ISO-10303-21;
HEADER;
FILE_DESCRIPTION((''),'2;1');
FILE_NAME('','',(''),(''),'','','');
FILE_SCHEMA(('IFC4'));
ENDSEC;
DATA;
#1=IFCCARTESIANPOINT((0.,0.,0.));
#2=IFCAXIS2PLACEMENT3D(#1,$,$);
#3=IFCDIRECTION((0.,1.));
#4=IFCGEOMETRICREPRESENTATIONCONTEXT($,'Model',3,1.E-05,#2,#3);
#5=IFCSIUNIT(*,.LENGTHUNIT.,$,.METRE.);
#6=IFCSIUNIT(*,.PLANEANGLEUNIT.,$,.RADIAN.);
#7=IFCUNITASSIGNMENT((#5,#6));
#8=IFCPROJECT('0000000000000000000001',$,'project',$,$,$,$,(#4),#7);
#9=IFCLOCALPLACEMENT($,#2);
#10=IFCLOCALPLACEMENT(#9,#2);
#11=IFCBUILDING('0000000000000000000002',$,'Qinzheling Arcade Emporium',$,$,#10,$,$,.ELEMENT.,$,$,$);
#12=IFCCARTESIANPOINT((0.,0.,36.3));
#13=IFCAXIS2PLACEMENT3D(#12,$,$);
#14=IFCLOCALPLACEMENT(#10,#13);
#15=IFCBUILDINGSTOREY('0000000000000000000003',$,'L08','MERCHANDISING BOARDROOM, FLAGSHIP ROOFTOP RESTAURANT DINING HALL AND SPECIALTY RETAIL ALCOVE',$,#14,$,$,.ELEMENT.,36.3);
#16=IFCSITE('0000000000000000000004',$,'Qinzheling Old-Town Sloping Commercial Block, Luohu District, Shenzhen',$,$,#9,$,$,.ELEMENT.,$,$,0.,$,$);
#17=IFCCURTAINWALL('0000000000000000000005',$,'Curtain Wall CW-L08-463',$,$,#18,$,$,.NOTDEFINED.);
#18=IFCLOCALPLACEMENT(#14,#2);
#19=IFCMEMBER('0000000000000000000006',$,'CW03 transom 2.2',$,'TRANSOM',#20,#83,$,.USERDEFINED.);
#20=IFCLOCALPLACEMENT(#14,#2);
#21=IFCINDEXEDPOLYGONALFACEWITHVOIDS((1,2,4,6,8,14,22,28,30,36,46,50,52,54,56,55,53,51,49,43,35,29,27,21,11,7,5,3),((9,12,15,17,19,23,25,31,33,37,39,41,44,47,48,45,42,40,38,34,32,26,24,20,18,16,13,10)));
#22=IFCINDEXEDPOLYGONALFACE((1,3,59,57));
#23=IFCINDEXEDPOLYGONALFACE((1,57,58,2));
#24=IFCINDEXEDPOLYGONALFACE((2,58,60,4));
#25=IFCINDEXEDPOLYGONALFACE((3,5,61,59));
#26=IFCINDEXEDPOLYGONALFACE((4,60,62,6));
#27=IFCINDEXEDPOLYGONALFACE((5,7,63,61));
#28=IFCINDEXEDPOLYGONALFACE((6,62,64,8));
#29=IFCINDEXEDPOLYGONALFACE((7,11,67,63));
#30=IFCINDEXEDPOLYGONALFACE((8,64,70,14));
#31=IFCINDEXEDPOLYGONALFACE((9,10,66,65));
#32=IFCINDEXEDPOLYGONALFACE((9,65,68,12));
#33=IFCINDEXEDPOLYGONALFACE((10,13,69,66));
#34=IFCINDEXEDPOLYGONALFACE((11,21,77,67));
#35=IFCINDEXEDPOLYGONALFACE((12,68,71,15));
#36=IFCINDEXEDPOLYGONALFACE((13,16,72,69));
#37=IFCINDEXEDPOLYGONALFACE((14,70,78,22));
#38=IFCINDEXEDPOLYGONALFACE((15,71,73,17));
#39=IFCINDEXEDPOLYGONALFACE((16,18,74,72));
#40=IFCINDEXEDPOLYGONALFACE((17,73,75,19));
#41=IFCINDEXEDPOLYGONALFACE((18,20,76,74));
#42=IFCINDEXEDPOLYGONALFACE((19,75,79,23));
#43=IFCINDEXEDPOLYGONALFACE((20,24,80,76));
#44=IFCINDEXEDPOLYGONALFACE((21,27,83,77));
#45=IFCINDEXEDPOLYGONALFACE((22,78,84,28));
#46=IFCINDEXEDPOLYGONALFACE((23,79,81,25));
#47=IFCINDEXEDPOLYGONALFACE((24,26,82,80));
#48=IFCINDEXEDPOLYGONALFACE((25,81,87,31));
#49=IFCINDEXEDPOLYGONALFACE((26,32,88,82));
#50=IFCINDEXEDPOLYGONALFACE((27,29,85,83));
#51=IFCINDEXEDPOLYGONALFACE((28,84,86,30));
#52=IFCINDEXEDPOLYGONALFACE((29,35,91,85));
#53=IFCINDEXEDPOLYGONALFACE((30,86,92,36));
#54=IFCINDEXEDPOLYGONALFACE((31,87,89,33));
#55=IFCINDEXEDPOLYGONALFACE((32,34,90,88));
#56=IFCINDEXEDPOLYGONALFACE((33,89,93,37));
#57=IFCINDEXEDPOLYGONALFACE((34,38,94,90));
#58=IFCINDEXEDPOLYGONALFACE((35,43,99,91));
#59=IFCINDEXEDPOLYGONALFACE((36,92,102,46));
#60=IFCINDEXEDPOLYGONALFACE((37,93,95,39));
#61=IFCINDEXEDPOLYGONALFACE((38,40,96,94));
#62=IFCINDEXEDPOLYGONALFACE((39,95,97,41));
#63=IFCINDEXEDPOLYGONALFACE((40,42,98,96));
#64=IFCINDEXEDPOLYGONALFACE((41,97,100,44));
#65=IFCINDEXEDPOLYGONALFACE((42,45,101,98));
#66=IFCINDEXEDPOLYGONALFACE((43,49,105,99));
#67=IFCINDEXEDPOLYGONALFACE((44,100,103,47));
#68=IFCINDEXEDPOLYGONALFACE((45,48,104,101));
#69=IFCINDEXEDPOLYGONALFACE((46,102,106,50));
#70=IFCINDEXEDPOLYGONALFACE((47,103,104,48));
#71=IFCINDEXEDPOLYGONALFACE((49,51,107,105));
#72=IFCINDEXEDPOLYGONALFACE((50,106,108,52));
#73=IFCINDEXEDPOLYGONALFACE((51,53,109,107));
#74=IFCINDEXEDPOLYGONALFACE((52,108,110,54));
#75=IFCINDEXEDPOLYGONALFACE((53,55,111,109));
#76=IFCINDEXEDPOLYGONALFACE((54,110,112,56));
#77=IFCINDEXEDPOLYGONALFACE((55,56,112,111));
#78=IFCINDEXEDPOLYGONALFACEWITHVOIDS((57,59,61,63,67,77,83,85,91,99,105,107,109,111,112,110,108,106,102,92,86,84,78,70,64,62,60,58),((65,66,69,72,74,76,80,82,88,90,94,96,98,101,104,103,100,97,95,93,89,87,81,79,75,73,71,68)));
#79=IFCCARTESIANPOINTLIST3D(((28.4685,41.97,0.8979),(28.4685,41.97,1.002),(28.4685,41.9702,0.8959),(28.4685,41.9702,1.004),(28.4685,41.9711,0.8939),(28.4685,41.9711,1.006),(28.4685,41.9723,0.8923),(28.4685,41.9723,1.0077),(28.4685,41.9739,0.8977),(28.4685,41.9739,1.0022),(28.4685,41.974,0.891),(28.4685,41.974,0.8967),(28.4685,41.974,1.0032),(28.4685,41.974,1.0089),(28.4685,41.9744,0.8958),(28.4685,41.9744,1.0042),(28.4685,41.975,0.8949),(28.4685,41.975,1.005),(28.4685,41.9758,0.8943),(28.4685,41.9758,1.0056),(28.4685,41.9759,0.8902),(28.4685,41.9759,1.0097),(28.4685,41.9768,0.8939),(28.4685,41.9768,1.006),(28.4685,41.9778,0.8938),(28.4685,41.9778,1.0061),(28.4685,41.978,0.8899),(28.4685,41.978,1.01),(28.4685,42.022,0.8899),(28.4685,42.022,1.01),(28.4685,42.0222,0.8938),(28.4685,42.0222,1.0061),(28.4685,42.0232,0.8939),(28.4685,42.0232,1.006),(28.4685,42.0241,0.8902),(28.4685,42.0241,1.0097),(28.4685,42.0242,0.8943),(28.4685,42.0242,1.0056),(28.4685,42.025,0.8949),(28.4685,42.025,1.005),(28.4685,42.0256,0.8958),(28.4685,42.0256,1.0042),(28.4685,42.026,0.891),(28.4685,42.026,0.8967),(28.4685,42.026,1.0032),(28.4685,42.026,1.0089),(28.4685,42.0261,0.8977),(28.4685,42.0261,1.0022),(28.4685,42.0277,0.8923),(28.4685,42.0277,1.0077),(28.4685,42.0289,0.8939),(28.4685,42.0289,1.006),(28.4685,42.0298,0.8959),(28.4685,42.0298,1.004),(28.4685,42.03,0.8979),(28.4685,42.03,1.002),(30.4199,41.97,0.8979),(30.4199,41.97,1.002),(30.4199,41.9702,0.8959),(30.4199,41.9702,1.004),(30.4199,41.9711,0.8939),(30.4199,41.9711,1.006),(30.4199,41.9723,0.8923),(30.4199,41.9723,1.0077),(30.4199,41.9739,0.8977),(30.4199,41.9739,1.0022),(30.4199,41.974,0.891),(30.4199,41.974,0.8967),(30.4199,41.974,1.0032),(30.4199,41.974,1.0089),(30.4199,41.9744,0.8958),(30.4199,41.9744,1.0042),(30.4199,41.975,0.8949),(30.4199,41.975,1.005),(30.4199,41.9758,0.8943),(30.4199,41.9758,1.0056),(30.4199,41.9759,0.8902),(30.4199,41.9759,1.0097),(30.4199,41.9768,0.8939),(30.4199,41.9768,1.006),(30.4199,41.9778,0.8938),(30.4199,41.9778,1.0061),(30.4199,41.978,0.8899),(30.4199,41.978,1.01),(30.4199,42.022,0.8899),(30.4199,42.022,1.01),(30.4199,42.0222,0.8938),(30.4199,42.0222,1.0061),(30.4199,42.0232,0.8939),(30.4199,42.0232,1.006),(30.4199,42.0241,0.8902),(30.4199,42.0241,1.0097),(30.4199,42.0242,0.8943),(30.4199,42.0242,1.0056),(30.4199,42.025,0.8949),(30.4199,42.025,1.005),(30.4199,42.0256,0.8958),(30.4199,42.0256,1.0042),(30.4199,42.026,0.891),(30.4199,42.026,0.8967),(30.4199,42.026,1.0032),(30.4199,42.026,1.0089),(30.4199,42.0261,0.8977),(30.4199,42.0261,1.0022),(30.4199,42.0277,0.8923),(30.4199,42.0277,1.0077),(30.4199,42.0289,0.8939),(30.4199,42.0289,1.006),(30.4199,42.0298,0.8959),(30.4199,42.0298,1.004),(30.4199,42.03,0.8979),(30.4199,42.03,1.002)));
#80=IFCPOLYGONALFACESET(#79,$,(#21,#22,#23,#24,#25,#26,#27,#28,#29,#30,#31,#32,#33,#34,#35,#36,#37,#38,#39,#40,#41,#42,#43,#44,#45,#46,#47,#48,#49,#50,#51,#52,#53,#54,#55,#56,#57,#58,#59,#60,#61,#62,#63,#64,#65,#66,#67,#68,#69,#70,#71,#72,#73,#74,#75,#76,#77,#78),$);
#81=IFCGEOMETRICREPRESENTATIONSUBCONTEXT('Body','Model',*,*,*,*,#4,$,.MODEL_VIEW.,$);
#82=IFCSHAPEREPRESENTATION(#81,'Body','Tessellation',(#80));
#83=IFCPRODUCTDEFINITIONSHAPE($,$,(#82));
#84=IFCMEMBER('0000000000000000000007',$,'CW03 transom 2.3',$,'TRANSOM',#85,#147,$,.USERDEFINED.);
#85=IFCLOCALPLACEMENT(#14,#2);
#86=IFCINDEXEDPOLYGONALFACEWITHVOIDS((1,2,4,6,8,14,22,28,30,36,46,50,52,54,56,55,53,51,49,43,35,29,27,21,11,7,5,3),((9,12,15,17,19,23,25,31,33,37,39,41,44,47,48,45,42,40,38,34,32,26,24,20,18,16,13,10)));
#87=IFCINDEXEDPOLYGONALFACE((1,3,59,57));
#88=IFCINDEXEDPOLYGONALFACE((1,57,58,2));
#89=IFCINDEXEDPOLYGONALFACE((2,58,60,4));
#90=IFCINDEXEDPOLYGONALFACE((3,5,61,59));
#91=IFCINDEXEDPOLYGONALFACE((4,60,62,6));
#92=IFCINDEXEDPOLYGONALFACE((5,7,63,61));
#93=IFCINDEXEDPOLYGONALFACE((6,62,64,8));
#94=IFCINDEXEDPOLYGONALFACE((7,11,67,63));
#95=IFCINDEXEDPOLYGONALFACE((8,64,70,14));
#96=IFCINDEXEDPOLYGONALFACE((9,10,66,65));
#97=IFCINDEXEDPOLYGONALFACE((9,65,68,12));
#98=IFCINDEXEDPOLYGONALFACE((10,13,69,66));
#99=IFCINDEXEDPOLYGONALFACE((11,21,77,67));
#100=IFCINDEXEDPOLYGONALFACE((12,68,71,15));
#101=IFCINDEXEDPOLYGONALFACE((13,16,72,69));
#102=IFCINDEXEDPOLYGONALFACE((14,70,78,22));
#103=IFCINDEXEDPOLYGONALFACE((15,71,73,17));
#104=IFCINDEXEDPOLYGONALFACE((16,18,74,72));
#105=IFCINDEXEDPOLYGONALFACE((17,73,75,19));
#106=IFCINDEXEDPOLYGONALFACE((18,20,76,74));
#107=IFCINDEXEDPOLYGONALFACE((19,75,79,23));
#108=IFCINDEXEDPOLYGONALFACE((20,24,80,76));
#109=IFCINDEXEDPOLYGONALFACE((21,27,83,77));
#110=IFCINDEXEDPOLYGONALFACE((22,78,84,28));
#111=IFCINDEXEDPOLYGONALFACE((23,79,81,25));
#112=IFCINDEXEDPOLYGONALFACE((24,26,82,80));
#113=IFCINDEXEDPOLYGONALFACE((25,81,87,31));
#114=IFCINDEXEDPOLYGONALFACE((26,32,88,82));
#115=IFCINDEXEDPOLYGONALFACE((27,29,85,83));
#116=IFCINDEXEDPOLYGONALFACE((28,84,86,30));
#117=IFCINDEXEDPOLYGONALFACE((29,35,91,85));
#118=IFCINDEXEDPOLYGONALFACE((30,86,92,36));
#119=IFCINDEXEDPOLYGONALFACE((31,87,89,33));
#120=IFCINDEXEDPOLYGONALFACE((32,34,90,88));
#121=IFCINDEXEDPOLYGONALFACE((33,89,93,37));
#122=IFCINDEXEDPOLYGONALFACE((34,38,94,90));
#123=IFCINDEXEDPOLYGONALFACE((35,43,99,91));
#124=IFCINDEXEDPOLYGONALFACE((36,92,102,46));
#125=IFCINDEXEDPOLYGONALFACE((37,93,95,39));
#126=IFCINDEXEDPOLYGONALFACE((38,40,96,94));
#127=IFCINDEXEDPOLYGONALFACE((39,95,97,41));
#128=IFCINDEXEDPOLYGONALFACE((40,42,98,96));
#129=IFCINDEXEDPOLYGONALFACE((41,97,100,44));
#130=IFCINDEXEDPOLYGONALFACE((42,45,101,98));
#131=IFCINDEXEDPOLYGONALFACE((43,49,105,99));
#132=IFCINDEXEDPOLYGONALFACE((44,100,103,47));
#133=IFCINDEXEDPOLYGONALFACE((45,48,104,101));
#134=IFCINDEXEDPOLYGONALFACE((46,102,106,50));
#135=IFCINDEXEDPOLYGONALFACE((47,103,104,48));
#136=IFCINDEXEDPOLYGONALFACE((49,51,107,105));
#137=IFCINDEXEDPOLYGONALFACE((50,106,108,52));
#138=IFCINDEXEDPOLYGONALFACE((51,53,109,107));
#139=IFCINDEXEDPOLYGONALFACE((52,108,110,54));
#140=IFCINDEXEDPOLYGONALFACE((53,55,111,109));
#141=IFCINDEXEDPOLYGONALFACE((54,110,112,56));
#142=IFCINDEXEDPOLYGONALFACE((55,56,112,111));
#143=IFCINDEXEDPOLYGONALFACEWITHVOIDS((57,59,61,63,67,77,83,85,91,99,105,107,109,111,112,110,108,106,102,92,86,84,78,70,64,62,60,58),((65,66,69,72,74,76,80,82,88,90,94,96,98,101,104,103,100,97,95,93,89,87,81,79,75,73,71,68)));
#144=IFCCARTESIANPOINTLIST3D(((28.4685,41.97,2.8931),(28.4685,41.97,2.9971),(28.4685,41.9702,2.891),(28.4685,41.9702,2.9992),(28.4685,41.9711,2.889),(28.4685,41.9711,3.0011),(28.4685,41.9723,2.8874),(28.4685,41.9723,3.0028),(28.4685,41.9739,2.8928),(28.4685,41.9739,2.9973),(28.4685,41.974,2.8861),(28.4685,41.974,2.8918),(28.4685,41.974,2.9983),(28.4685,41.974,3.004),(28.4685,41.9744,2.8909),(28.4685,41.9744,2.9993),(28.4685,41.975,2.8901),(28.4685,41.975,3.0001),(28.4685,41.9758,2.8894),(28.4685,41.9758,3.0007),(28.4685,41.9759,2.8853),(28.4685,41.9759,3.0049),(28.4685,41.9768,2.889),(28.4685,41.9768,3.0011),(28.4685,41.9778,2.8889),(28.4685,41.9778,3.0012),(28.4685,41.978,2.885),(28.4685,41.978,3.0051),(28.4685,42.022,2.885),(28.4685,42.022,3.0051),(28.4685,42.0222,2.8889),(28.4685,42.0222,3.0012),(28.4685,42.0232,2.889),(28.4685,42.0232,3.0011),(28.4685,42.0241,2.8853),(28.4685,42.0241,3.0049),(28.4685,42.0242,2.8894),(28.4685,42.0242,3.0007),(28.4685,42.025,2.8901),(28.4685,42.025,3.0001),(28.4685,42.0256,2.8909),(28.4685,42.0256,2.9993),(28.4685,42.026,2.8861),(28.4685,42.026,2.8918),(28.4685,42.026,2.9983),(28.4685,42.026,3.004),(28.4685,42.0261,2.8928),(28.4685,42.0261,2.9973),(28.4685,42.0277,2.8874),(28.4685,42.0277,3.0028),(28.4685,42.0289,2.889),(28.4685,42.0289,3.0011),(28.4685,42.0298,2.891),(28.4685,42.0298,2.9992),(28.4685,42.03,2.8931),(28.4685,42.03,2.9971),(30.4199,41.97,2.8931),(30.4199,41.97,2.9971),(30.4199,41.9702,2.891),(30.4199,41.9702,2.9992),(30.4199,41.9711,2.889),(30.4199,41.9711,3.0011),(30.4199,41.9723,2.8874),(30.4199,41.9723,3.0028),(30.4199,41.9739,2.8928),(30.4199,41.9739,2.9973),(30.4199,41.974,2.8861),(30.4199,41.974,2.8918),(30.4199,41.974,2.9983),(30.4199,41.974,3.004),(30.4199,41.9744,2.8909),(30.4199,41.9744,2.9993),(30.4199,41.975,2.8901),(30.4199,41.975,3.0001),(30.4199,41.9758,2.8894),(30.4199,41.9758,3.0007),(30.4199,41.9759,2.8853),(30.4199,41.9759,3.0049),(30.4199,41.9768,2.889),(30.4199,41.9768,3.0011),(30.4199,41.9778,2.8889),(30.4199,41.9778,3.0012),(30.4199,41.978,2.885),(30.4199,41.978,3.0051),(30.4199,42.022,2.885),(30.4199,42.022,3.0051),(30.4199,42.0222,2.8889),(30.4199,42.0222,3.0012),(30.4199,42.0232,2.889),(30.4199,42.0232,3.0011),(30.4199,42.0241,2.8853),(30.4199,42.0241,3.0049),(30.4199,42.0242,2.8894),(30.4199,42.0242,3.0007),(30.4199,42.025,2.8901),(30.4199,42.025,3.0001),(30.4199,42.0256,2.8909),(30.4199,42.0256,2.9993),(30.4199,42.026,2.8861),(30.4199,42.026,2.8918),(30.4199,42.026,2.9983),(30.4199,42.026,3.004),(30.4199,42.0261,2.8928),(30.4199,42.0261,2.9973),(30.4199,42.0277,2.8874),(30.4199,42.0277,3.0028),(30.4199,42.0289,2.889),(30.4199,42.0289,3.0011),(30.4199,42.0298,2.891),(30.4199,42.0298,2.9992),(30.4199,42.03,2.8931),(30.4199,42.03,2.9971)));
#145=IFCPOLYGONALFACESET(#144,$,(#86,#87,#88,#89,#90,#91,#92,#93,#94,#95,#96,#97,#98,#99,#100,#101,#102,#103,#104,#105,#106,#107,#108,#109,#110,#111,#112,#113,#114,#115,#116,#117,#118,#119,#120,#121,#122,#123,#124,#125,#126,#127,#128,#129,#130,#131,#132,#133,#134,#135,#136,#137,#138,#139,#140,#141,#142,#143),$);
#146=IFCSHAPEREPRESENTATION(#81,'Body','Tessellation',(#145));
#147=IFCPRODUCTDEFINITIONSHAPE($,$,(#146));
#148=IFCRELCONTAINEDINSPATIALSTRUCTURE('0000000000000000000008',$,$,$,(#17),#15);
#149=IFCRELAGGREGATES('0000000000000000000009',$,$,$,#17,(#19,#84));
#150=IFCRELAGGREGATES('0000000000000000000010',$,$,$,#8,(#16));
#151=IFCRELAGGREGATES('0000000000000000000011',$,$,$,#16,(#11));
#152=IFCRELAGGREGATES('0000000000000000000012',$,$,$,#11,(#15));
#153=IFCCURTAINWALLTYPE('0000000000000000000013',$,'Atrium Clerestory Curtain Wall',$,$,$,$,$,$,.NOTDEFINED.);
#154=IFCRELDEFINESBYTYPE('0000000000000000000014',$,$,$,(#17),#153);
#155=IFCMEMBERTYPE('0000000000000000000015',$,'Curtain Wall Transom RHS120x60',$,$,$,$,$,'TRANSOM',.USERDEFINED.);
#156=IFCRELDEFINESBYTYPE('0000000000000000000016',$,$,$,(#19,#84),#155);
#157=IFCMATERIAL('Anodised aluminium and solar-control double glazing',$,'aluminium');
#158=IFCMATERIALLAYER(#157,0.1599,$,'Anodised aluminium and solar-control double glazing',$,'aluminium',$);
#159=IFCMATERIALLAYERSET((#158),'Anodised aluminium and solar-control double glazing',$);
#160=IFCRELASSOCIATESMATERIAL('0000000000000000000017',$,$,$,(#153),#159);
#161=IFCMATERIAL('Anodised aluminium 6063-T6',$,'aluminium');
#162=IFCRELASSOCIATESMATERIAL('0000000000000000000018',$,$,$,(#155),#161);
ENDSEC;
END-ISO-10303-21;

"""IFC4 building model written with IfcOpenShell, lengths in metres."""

from ifc_helpers import new_model, si_unit, direction, frame, origin, origin_2d, place, context, subcontext, project, spatial, hollow_rectangle, extrude, material, layer, layer_set, material_profile, profile_set, type_object, element, aggregate, save


model = new_model("IFC4")

# Units and contexts
model_context = context("Model", 3, precision=1e-05, world=origin(), true_north=direction((0.0, 1.0)))
body_context = subcontext(model_context, "Body", "Model", "MODEL_VIEW")
ifc_project = project(units=[si_unit("LENGTHUNIT", "METRE"), si_unit("PLANEANGLEUNIT", "RADIAN")], contexts=[model_context])

# Site, building, storey
site_placement = place(None, origin())
site = spatial("IfcSite", under=ifc_project, at=site_placement, Name="Qinzheling Old-Town Sloping Commercial Block, Luohu District, Shenzhen", CompositionType="ELEMENT", RefElevation=0.0)
building_placement = place(site_placement, origin())
building = spatial("IfcBuilding", under=site, at=building_placement, Name="Qinzheling Arcade Emporium", CompositionType="ELEMENT")
storey_placement = place(building_placement, frame((0.0, 0.0, 36.3)))
storey = spatial("IfcBuildingStorey", under=building, at=storey_placement, Name="L08", Description="MERCHANDISING BOARDROOM, FLAGSHIP ROOFTOP RESTAURANT DINING HALL AND SPECIALTY RETAIL ALCOVE", CompositionType="ELEMENT", Elevation=36.3)

# Curtain wall, members
ifc_material_1 = material(Name="Anodised aluminium and solar-control double glazing", Category="aluminium")
ifc_layer_1 = layer(ifc_material_1, 0.1599, Name="Anodised aluminium and solar-control double glazing", Category="aluminium")
ifc_layer_set_1 = layer_set([ifc_layer_1], Name="Anodised aluminium and solar-control double glazing")
curtain_wall_type = type_object("IfcCurtainWallType", Name="Atrium Clerestory Curtain Wall", PredefinedType="NOTDEFINED", material=ifc_layer_set_1)
curtain_wall_placement = place(storey_placement, origin())
curtain_wall = element("IfcCurtainWall", 1, at=curtain_wall_placement, inside=storey, type_object=curtain_wall_type, Name="Curtain Wall CW-L08-463", PredefinedType="NOTDEFINED")
ifc_material_2 = material(Name="Anodised aluminium 6063-T6", Category="aluminium")
ifc_material_profile_1 = material_profile(ifc_material_2, hollow_rectangle(XDim=0.0601, YDim=0.1201, WallThickness=0.0039, InnerFilletRadius=0.0039, OuterFilletRadius=0.0081, at=origin_2d()), Name="RHS 120x60x4", Category="aluminium")
ifc_profile_set_1 = profile_set([ifc_material_profile_1], Name="Anodised aluminium 6063-T6")
member_type_1 = type_object("IfcMemberType", Name="Curtain Wall Transom RHS120x60", ElementType="TRANSOM", PredefinedType="USERDEFINED", material=ifc_profile_set_1)
member_1_placement = place(storey_placement, frame((28.4685, 42.0, 0.95), z_axis=(1.0, 0.0, 0.0), x_axis=(0.0, 1.0, 0.0)))
member_1 = element("IfcMember", 2, at=member_1_placement, type_object=member_type_1, Name="CW03 transom 2.2", ObjectType="TRANSOM", PredefinedType="USERDEFINED", context=body_context, shape_type="SweptSolid", body=[
    extrude(hollow_rectangle(XDim=0.0601, YDim=0.1201, WallThickness=0.0039, InnerFilletRadius=0.0039, OuterFilletRadius=0.0081, at=origin_2d()), origin(), (0.0, 0.0, 1.0), 1.9514),
])
member_2_placement = place(storey_placement, frame((28.4685, 42.0, 2.9451), z_axis=(1.0, 0.0, 0.0), x_axis=(0.0, 1.0, 0.0)))
member_2 = element("IfcMember", 3, at=member_2_placement, type_object=member_type_1, Name="CW03 transom 2.3", ObjectType="TRANSOM", PredefinedType="USERDEFINED", context=body_context, shape_type="SweptSolid", body=[
    extrude(hollow_rectangle(XDim=0.0601, YDim=0.1201, WallThickness=0.0039, InnerFilletRadius=0.0039, OuterFilletRadius=0.0081, at=origin_2d()), origin(), (0.0, 0.0, 1.0), 1.9514),
])

aggregate(curtain_wall, [member_1, member_2])

save(model, "model.ifc")
